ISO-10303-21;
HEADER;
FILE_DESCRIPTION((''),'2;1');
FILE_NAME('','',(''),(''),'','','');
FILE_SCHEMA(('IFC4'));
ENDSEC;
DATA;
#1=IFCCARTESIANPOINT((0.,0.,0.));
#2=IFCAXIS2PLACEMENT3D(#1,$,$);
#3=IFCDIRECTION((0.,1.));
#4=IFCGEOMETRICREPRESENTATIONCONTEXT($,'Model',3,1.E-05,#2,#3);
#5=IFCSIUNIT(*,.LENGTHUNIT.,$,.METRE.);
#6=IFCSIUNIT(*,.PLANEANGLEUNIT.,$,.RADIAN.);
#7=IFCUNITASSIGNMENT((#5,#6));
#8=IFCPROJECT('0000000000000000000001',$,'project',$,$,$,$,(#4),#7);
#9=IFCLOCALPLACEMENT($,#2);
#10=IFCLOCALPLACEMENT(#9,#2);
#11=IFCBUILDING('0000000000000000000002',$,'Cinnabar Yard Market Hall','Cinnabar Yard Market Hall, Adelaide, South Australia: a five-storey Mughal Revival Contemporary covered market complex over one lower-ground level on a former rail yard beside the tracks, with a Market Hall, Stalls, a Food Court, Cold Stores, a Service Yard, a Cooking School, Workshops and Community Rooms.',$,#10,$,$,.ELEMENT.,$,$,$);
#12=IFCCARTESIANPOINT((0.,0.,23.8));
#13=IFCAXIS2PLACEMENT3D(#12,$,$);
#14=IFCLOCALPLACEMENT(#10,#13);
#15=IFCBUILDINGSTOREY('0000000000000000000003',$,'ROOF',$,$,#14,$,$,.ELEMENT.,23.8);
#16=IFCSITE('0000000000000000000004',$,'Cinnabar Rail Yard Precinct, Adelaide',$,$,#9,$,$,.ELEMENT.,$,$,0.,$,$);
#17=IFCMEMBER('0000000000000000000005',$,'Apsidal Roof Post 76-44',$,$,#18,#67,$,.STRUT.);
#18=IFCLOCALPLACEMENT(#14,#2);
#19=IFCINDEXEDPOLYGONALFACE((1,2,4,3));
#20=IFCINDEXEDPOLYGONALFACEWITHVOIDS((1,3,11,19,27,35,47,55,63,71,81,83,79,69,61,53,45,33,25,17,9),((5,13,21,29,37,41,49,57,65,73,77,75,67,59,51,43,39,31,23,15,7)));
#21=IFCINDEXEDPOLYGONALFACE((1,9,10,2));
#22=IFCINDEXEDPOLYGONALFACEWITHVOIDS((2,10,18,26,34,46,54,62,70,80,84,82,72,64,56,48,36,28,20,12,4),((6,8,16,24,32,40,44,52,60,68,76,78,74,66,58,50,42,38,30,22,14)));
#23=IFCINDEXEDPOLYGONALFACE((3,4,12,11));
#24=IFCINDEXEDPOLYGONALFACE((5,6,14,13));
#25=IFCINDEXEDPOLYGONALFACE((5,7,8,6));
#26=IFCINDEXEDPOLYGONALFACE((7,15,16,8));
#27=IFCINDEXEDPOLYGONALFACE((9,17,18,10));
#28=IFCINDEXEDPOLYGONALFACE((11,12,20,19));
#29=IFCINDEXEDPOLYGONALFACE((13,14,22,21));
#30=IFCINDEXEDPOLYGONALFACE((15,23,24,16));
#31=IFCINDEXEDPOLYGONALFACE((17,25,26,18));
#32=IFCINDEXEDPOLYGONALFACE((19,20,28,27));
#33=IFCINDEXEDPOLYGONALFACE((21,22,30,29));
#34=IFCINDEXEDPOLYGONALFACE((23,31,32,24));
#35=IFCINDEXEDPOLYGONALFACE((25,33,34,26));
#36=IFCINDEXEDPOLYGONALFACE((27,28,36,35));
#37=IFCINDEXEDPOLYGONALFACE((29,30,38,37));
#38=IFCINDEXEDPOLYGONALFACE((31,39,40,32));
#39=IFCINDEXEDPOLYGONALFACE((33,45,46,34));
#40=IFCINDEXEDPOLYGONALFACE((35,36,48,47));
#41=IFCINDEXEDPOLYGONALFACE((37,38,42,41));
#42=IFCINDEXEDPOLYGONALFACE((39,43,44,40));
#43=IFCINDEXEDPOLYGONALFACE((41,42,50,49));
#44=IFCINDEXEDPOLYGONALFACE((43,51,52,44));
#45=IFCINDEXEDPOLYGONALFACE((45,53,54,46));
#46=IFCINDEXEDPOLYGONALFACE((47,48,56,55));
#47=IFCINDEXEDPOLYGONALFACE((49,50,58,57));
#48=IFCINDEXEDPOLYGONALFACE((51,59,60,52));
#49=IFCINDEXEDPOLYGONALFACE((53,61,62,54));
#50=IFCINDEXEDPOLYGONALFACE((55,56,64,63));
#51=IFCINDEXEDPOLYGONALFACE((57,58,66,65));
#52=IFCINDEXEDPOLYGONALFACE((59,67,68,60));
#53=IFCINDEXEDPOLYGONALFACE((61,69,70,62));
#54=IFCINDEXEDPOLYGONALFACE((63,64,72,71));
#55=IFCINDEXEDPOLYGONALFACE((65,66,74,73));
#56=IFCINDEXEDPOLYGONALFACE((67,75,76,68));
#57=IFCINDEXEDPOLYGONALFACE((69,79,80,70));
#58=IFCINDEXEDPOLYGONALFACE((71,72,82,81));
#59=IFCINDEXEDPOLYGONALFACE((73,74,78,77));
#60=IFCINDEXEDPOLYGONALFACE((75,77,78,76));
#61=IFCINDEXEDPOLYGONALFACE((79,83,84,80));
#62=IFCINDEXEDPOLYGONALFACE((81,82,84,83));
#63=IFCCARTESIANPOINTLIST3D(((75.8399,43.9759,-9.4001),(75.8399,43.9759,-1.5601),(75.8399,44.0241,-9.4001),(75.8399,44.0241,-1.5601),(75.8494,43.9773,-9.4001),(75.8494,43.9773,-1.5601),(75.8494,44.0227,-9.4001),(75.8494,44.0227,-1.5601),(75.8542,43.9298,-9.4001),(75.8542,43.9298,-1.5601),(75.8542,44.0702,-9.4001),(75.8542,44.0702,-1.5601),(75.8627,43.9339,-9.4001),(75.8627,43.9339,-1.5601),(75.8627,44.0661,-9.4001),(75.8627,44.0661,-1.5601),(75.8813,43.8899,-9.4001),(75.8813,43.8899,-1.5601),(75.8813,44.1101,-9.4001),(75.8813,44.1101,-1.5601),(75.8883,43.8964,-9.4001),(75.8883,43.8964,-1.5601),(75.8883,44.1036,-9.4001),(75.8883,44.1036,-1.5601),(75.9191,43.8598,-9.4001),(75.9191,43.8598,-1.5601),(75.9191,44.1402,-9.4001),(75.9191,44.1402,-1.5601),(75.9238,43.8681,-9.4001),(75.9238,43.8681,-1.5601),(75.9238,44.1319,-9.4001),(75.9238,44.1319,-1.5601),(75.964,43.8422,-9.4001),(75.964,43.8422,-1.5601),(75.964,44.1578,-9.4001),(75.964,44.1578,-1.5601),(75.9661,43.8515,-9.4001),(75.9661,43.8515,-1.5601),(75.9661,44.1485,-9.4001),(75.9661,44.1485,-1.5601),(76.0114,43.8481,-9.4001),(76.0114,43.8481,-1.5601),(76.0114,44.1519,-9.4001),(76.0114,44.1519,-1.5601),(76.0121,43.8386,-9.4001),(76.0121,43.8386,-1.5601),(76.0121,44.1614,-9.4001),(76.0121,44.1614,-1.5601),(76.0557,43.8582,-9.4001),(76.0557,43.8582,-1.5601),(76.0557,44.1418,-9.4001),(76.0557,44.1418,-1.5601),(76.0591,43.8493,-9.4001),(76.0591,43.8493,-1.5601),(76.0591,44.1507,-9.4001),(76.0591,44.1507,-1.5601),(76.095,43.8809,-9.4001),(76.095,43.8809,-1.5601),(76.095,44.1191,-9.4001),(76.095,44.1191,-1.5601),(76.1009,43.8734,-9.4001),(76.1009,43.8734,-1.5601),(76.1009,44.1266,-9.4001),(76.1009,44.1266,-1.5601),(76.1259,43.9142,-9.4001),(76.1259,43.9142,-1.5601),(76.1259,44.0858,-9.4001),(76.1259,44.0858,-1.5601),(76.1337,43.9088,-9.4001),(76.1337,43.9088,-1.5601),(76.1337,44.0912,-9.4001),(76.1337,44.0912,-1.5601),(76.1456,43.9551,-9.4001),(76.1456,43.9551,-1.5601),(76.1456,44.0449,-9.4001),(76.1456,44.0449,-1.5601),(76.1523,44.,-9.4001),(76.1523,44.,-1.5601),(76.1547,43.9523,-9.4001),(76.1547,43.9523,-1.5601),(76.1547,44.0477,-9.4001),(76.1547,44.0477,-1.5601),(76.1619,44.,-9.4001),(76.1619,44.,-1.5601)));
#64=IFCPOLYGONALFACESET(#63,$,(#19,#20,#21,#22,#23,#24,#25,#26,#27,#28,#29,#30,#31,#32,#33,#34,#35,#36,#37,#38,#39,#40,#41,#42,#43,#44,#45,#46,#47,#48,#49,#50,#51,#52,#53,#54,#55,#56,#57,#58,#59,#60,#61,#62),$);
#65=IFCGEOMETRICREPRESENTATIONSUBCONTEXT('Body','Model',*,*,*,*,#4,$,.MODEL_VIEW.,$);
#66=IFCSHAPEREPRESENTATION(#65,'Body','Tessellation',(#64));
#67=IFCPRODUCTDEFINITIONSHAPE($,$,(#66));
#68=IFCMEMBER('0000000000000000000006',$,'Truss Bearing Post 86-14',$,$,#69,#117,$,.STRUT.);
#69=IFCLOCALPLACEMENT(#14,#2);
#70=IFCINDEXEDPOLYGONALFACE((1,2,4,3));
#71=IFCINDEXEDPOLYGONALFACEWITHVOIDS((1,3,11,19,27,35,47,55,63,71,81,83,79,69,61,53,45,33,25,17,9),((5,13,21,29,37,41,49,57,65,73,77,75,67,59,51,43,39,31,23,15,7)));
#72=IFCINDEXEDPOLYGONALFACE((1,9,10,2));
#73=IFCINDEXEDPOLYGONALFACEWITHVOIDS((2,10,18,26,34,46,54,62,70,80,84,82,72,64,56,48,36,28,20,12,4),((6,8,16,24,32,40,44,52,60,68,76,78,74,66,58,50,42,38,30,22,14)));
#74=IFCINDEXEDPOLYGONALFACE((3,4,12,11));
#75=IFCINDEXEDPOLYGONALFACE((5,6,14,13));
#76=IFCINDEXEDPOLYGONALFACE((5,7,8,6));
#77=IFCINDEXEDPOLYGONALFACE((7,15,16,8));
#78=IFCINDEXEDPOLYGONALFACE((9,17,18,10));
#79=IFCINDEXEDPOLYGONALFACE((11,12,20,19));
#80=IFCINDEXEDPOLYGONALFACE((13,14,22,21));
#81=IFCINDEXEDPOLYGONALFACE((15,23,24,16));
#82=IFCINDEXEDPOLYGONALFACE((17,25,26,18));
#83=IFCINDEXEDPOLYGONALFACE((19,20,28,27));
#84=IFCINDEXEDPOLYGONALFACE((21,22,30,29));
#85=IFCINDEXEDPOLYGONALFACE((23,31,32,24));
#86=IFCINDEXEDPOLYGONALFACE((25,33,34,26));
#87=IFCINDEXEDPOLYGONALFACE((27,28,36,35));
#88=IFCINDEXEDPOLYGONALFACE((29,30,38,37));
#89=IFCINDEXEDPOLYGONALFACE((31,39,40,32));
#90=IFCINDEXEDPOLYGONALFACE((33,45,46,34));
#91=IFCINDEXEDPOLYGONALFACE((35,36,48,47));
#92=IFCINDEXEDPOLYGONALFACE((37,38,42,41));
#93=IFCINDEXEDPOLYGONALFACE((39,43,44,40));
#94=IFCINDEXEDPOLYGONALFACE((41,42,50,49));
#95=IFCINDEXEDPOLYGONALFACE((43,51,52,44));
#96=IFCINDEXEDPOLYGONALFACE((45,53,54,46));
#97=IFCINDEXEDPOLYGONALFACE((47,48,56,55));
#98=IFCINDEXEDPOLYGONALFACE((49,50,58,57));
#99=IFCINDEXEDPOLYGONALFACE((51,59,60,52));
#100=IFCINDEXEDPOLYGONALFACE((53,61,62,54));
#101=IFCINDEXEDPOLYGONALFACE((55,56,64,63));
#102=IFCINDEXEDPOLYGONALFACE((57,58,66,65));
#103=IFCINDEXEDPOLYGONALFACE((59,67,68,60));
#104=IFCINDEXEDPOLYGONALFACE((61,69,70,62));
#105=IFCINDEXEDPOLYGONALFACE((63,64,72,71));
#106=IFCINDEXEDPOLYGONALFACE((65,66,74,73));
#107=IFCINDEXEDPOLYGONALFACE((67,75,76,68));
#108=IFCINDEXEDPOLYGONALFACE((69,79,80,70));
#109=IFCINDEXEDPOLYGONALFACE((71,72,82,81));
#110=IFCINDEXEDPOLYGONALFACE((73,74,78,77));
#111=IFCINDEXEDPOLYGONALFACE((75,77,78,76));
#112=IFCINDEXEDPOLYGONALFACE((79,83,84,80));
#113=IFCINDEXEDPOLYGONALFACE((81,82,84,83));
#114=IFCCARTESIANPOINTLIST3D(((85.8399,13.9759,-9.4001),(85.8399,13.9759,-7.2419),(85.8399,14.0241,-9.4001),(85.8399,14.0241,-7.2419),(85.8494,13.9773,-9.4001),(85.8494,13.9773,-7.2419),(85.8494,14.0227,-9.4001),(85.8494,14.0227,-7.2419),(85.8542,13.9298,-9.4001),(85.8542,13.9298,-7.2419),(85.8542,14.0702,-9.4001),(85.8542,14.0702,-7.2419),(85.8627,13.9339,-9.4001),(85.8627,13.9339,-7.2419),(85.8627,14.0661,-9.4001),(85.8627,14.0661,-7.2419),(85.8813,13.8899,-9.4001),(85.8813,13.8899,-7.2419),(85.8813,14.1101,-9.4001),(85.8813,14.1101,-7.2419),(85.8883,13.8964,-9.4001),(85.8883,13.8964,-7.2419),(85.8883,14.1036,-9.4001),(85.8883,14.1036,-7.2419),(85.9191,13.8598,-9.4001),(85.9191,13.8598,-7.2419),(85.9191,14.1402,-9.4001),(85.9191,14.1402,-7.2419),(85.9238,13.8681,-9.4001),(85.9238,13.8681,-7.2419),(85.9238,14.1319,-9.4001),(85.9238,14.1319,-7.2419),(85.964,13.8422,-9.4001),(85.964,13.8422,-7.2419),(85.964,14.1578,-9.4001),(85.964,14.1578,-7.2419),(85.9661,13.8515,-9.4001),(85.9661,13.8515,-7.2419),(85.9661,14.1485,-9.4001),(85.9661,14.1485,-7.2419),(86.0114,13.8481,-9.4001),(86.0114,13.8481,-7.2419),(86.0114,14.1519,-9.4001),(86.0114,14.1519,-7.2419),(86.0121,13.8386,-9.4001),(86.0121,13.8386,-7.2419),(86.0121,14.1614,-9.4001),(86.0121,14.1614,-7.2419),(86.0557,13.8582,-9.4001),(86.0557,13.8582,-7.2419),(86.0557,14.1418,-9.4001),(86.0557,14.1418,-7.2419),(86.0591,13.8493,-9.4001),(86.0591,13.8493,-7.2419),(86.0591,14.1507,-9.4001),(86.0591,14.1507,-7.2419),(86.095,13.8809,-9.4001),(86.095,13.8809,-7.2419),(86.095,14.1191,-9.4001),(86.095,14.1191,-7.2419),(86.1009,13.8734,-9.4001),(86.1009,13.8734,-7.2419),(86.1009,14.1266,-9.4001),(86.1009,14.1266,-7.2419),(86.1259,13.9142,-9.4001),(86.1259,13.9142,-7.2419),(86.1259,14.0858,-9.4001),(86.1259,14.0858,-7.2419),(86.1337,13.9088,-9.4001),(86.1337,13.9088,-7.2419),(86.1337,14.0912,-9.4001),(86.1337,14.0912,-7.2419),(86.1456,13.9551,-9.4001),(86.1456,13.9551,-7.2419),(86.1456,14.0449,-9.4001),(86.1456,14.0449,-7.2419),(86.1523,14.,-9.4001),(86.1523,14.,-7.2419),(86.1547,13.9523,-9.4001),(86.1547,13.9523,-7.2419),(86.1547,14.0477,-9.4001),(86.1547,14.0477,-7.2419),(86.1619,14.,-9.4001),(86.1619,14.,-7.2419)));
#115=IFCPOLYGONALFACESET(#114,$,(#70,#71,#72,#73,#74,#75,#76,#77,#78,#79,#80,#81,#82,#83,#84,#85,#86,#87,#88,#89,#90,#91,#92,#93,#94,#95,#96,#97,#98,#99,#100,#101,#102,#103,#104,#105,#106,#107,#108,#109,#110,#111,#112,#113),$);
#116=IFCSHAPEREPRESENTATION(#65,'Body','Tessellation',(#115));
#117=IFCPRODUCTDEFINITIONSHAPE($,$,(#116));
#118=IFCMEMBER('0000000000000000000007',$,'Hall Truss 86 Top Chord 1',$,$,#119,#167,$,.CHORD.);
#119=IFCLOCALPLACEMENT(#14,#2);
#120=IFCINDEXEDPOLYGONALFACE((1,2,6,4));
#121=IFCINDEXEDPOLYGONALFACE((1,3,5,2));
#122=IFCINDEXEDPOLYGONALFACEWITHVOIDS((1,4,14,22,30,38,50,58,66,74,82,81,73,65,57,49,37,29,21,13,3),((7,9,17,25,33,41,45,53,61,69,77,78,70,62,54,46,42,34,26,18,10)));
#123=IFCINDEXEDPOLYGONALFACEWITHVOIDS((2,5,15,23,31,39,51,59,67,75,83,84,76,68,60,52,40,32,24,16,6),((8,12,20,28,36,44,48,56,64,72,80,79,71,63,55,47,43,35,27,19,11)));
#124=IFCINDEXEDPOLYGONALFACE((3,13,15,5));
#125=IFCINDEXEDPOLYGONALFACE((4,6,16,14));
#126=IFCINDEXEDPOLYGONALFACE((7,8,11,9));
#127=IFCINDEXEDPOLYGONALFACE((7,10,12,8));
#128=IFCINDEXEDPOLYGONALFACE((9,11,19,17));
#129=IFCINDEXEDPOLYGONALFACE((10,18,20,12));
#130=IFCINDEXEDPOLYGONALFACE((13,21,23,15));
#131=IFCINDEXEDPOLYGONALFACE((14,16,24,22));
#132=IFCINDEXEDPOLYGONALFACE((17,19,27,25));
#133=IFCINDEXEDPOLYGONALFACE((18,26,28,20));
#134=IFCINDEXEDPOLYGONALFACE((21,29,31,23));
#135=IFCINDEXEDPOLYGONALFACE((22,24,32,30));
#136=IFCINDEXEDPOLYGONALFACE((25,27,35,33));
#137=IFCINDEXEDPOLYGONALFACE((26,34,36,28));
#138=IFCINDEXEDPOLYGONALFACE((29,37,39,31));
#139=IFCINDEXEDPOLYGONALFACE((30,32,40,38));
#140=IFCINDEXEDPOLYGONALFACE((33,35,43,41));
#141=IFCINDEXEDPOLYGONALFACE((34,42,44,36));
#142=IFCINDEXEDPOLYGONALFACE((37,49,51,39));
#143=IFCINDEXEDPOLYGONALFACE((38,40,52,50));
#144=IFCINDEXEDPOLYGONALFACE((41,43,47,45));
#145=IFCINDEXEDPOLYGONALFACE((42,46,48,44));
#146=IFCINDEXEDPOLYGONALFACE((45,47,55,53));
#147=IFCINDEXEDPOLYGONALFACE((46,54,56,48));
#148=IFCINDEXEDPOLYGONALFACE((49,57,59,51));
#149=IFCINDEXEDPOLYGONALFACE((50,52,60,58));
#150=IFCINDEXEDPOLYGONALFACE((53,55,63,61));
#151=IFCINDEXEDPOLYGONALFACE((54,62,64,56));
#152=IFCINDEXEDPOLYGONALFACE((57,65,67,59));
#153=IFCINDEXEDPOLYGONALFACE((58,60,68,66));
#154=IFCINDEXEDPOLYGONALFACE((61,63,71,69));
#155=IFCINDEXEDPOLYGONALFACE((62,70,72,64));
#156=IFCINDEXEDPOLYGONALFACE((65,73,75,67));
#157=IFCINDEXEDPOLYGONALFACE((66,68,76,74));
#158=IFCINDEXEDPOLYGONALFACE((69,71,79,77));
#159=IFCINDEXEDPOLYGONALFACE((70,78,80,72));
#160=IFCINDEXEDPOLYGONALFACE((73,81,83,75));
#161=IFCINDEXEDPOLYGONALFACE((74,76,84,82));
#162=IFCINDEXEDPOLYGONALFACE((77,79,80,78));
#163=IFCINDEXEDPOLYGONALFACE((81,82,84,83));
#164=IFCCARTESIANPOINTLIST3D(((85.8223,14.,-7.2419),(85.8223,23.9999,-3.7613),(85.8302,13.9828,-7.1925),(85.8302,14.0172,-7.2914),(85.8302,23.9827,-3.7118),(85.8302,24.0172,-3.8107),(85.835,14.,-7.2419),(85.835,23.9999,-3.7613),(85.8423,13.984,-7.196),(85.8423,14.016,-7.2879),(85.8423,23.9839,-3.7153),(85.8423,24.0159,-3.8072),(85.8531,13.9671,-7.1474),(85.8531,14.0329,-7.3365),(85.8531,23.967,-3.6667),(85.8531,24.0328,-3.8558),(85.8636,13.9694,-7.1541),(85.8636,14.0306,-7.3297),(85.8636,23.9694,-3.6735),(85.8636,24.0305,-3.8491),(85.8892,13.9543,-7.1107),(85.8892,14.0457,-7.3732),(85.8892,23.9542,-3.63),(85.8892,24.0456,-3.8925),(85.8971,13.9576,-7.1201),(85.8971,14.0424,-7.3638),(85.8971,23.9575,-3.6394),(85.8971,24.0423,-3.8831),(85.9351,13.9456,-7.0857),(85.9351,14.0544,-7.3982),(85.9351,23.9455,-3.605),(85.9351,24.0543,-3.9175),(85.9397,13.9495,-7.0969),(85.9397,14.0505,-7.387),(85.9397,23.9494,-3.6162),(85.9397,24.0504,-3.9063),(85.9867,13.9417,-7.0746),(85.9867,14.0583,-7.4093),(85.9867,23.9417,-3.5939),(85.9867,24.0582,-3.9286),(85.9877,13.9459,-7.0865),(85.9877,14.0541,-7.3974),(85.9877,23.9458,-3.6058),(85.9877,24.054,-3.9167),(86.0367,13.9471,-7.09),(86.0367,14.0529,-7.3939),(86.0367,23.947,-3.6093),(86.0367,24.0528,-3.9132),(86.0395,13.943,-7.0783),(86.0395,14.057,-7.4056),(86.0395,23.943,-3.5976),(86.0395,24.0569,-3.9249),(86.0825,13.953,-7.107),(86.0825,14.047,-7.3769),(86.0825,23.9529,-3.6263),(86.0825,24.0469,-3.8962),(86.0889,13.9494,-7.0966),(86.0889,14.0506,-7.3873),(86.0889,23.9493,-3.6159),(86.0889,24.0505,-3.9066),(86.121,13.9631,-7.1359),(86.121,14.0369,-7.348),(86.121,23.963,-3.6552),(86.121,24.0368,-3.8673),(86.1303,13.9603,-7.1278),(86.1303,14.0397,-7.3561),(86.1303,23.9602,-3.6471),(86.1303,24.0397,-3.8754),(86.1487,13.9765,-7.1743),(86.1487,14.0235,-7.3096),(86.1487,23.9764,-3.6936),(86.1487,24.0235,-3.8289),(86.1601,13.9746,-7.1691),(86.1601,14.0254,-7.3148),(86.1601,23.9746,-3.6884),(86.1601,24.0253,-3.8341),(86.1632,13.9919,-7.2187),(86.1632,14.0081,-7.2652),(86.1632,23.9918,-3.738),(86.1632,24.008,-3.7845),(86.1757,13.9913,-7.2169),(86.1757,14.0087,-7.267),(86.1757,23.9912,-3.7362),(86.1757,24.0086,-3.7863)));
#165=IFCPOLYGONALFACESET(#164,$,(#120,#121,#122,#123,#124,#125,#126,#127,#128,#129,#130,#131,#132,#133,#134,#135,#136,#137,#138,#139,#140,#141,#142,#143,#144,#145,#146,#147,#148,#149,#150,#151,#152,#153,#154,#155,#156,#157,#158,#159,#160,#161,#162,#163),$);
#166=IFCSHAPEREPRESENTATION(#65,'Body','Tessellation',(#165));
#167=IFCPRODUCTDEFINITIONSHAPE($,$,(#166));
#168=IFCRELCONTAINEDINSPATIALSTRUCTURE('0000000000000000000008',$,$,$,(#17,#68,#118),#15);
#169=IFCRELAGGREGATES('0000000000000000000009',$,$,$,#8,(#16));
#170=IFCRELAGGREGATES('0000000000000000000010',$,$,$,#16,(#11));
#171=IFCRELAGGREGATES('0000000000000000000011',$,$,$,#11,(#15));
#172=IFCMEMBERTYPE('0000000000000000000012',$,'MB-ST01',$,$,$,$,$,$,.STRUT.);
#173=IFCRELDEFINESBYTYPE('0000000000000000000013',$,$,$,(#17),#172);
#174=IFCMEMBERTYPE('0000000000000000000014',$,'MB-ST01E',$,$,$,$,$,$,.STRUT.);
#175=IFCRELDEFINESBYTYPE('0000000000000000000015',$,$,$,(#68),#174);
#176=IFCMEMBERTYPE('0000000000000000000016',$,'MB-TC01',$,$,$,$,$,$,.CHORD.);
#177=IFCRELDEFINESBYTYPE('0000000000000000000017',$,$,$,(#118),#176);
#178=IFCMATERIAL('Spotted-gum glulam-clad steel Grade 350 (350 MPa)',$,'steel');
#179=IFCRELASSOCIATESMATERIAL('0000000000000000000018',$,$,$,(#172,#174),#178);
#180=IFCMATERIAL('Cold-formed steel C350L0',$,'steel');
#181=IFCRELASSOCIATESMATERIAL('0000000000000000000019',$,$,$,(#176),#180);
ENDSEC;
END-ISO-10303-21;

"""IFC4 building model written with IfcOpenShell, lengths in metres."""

from ifc_helpers import new_model, si_unit, direction, frame, origin, origin_2d_with_axis, place, context, subcontext, project, spatial, hollow_circle, extrude, material, material_profile, profile_set, type_object, element, save


model = new_model("IFC4")

# Units and contexts
model_context = context("Model", 3, precision=1e-05, world=origin(), true_north=direction((0.0, 1.0)))
body_context = subcontext(model_context, "Body", "Model", "MODEL_VIEW")
ifc_project = project(units=[si_unit("LENGTHUNIT", "METRE"), si_unit("PLANEANGLEUNIT", "RADIAN")], contexts=[model_context])

# Site, building, storey
site_placement = place(None, origin())
site = spatial("IfcSite", under=ifc_project, at=site_placement, Name="Cinnabar Rail Yard Precinct, Adelaide", CompositionType="ELEMENT", RefElevation=0.0)
building_placement = place(site_placement, origin())
building = spatial("IfcBuilding", under=site, at=building_placement, Name="Cinnabar Yard Market Hall", Description="Cinnabar Yard Market Hall, Adelaide, South Australia: a five-storey Mughal Revival Contemporary covered market complex over one lower-ground level on a former rail yard beside the tracks, with a Market Hall, Stalls, a Food Court, Cold Stores, a Service Yard, a Cooking School, Workshops and Community Rooms.", CompositionType="ELEMENT")
storey_placement = place(building_placement, frame((0.0, 0.0, 23.8)))
storey = spatial("IfcBuildingStorey", under=building, at=storey_placement, Name="ROOF", CompositionType="ELEMENT", Elevation=23.8)

# Shared definitions
ifc_material_1 = material(Name="Cold-formed steel C350L0", Category="steel")

# Members
ifc_material_2 = material(Name="Spotted-gum glulam-clad steel Grade 350 (350 MPa)", Category="steel")
ifc_material_profile_1 = material_profile(ifc_material_2, hollow_circle(Radius=0.1619, WallThickness=0.0095, at=origin_2d_with_axis()), Name="323.9x9.5CHS")
ifc_profile_set_1 = profile_set([ifc_material_profile_1], Name="Spotted-gum glulam-clad steel Grade 350 (350 MPa)")
member_type_1 = type_object("IfcMemberType", Name="MB-ST01", PredefinedType="STRUT", material=ifc_profile_set_1)
member_1_placement = place(storey_placement, frame((76.0, 44.0, -9.4001), z_axis=(0.0, 0.0, 1.0), x_axis=(1.0, 0.0, 0.0)))
element("IfcMember", 1, at=member_1_placement, inside=storey, type_object=member_type_1, Name="Apsidal Roof Post 76-44", PredefinedType="STRUT", context=body_context, shape_type="SweptSolid", body=[
    extrude(hollow_circle(Radius=0.1619, WallThickness=0.0095, at=origin_2d_with_axis()), origin(), (0.0, 0.0, 1.0), 7.8401),
])
ifc_material_profile_2 = material_profile(ifc_material_2, hollow_circle(Radius=0.1619, WallThickness=0.0095, at=origin_2d_with_axis()), Name="323.9x9.5CHS")
ifc_profile_set_2 = profile_set([ifc_material_profile_2], Name="Spotted-gum glulam-clad steel Grade 350 (350 MPa)")
member_type_2 = type_object("IfcMemberType", Name="MB-ST01E", PredefinedType="STRUT", material=ifc_profile_set_2)
member_2_placement = place(storey_placement, frame((86.0, 14.0, -9.4001), z_axis=(0.0, 0.0, 1.0), x_axis=(1.0, 0.0, 0.0)))
element("IfcMember", 2, at=member_2_placement, inside=storey, type_object=member_type_2, Name="Truss Bearing Post 86-14", PredefinedType="STRUT", context=body_context, shape_type="SweptSolid", body=[
    extrude(hollow_circle(Radius=0.1619, WallThickness=0.0095, at=origin_2d_with_axis()), origin(), (0.0, 0.0, 1.0), 2.1582),
])
ifc_material_profile_3 = material_profile(ifc_material_1, hollow_circle(Radius=0.1777, WallThickness=0.0127, at=origin_2d_with_axis()), Name="355.6x12.7CHS")
ifc_profile_set_3 = profile_set([ifc_material_profile_3], Name="Cold-formed steel C350L0")
member_type_3 = type_object("IfcMemberType", Name="MB-TC01", PredefinedType="CHORD", material=ifc_profile_set_3)
member_3_placement = place(storey_placement, frame((86.0, 14.0, -7.2419), z_axis=(0.0, 0.944425, 0.328727), x_axis=(-1.0, 0.0, 0.0)))
element("IfcMember", 3, at=member_3_placement, inside=storey, type_object=member_type_3, Name="Hall Truss 86 Top Chord 1", PredefinedType="CHORD", context=body_context, shape_type="SweptSolid", body=[
    extrude(hollow_circle(Radius=0.1777, WallThickness=0.0127, at=origin_2d_with_axis()), origin(), (0.0, 0.0, 1.0), 10.5884),
])

save(model, "model.ifc")
